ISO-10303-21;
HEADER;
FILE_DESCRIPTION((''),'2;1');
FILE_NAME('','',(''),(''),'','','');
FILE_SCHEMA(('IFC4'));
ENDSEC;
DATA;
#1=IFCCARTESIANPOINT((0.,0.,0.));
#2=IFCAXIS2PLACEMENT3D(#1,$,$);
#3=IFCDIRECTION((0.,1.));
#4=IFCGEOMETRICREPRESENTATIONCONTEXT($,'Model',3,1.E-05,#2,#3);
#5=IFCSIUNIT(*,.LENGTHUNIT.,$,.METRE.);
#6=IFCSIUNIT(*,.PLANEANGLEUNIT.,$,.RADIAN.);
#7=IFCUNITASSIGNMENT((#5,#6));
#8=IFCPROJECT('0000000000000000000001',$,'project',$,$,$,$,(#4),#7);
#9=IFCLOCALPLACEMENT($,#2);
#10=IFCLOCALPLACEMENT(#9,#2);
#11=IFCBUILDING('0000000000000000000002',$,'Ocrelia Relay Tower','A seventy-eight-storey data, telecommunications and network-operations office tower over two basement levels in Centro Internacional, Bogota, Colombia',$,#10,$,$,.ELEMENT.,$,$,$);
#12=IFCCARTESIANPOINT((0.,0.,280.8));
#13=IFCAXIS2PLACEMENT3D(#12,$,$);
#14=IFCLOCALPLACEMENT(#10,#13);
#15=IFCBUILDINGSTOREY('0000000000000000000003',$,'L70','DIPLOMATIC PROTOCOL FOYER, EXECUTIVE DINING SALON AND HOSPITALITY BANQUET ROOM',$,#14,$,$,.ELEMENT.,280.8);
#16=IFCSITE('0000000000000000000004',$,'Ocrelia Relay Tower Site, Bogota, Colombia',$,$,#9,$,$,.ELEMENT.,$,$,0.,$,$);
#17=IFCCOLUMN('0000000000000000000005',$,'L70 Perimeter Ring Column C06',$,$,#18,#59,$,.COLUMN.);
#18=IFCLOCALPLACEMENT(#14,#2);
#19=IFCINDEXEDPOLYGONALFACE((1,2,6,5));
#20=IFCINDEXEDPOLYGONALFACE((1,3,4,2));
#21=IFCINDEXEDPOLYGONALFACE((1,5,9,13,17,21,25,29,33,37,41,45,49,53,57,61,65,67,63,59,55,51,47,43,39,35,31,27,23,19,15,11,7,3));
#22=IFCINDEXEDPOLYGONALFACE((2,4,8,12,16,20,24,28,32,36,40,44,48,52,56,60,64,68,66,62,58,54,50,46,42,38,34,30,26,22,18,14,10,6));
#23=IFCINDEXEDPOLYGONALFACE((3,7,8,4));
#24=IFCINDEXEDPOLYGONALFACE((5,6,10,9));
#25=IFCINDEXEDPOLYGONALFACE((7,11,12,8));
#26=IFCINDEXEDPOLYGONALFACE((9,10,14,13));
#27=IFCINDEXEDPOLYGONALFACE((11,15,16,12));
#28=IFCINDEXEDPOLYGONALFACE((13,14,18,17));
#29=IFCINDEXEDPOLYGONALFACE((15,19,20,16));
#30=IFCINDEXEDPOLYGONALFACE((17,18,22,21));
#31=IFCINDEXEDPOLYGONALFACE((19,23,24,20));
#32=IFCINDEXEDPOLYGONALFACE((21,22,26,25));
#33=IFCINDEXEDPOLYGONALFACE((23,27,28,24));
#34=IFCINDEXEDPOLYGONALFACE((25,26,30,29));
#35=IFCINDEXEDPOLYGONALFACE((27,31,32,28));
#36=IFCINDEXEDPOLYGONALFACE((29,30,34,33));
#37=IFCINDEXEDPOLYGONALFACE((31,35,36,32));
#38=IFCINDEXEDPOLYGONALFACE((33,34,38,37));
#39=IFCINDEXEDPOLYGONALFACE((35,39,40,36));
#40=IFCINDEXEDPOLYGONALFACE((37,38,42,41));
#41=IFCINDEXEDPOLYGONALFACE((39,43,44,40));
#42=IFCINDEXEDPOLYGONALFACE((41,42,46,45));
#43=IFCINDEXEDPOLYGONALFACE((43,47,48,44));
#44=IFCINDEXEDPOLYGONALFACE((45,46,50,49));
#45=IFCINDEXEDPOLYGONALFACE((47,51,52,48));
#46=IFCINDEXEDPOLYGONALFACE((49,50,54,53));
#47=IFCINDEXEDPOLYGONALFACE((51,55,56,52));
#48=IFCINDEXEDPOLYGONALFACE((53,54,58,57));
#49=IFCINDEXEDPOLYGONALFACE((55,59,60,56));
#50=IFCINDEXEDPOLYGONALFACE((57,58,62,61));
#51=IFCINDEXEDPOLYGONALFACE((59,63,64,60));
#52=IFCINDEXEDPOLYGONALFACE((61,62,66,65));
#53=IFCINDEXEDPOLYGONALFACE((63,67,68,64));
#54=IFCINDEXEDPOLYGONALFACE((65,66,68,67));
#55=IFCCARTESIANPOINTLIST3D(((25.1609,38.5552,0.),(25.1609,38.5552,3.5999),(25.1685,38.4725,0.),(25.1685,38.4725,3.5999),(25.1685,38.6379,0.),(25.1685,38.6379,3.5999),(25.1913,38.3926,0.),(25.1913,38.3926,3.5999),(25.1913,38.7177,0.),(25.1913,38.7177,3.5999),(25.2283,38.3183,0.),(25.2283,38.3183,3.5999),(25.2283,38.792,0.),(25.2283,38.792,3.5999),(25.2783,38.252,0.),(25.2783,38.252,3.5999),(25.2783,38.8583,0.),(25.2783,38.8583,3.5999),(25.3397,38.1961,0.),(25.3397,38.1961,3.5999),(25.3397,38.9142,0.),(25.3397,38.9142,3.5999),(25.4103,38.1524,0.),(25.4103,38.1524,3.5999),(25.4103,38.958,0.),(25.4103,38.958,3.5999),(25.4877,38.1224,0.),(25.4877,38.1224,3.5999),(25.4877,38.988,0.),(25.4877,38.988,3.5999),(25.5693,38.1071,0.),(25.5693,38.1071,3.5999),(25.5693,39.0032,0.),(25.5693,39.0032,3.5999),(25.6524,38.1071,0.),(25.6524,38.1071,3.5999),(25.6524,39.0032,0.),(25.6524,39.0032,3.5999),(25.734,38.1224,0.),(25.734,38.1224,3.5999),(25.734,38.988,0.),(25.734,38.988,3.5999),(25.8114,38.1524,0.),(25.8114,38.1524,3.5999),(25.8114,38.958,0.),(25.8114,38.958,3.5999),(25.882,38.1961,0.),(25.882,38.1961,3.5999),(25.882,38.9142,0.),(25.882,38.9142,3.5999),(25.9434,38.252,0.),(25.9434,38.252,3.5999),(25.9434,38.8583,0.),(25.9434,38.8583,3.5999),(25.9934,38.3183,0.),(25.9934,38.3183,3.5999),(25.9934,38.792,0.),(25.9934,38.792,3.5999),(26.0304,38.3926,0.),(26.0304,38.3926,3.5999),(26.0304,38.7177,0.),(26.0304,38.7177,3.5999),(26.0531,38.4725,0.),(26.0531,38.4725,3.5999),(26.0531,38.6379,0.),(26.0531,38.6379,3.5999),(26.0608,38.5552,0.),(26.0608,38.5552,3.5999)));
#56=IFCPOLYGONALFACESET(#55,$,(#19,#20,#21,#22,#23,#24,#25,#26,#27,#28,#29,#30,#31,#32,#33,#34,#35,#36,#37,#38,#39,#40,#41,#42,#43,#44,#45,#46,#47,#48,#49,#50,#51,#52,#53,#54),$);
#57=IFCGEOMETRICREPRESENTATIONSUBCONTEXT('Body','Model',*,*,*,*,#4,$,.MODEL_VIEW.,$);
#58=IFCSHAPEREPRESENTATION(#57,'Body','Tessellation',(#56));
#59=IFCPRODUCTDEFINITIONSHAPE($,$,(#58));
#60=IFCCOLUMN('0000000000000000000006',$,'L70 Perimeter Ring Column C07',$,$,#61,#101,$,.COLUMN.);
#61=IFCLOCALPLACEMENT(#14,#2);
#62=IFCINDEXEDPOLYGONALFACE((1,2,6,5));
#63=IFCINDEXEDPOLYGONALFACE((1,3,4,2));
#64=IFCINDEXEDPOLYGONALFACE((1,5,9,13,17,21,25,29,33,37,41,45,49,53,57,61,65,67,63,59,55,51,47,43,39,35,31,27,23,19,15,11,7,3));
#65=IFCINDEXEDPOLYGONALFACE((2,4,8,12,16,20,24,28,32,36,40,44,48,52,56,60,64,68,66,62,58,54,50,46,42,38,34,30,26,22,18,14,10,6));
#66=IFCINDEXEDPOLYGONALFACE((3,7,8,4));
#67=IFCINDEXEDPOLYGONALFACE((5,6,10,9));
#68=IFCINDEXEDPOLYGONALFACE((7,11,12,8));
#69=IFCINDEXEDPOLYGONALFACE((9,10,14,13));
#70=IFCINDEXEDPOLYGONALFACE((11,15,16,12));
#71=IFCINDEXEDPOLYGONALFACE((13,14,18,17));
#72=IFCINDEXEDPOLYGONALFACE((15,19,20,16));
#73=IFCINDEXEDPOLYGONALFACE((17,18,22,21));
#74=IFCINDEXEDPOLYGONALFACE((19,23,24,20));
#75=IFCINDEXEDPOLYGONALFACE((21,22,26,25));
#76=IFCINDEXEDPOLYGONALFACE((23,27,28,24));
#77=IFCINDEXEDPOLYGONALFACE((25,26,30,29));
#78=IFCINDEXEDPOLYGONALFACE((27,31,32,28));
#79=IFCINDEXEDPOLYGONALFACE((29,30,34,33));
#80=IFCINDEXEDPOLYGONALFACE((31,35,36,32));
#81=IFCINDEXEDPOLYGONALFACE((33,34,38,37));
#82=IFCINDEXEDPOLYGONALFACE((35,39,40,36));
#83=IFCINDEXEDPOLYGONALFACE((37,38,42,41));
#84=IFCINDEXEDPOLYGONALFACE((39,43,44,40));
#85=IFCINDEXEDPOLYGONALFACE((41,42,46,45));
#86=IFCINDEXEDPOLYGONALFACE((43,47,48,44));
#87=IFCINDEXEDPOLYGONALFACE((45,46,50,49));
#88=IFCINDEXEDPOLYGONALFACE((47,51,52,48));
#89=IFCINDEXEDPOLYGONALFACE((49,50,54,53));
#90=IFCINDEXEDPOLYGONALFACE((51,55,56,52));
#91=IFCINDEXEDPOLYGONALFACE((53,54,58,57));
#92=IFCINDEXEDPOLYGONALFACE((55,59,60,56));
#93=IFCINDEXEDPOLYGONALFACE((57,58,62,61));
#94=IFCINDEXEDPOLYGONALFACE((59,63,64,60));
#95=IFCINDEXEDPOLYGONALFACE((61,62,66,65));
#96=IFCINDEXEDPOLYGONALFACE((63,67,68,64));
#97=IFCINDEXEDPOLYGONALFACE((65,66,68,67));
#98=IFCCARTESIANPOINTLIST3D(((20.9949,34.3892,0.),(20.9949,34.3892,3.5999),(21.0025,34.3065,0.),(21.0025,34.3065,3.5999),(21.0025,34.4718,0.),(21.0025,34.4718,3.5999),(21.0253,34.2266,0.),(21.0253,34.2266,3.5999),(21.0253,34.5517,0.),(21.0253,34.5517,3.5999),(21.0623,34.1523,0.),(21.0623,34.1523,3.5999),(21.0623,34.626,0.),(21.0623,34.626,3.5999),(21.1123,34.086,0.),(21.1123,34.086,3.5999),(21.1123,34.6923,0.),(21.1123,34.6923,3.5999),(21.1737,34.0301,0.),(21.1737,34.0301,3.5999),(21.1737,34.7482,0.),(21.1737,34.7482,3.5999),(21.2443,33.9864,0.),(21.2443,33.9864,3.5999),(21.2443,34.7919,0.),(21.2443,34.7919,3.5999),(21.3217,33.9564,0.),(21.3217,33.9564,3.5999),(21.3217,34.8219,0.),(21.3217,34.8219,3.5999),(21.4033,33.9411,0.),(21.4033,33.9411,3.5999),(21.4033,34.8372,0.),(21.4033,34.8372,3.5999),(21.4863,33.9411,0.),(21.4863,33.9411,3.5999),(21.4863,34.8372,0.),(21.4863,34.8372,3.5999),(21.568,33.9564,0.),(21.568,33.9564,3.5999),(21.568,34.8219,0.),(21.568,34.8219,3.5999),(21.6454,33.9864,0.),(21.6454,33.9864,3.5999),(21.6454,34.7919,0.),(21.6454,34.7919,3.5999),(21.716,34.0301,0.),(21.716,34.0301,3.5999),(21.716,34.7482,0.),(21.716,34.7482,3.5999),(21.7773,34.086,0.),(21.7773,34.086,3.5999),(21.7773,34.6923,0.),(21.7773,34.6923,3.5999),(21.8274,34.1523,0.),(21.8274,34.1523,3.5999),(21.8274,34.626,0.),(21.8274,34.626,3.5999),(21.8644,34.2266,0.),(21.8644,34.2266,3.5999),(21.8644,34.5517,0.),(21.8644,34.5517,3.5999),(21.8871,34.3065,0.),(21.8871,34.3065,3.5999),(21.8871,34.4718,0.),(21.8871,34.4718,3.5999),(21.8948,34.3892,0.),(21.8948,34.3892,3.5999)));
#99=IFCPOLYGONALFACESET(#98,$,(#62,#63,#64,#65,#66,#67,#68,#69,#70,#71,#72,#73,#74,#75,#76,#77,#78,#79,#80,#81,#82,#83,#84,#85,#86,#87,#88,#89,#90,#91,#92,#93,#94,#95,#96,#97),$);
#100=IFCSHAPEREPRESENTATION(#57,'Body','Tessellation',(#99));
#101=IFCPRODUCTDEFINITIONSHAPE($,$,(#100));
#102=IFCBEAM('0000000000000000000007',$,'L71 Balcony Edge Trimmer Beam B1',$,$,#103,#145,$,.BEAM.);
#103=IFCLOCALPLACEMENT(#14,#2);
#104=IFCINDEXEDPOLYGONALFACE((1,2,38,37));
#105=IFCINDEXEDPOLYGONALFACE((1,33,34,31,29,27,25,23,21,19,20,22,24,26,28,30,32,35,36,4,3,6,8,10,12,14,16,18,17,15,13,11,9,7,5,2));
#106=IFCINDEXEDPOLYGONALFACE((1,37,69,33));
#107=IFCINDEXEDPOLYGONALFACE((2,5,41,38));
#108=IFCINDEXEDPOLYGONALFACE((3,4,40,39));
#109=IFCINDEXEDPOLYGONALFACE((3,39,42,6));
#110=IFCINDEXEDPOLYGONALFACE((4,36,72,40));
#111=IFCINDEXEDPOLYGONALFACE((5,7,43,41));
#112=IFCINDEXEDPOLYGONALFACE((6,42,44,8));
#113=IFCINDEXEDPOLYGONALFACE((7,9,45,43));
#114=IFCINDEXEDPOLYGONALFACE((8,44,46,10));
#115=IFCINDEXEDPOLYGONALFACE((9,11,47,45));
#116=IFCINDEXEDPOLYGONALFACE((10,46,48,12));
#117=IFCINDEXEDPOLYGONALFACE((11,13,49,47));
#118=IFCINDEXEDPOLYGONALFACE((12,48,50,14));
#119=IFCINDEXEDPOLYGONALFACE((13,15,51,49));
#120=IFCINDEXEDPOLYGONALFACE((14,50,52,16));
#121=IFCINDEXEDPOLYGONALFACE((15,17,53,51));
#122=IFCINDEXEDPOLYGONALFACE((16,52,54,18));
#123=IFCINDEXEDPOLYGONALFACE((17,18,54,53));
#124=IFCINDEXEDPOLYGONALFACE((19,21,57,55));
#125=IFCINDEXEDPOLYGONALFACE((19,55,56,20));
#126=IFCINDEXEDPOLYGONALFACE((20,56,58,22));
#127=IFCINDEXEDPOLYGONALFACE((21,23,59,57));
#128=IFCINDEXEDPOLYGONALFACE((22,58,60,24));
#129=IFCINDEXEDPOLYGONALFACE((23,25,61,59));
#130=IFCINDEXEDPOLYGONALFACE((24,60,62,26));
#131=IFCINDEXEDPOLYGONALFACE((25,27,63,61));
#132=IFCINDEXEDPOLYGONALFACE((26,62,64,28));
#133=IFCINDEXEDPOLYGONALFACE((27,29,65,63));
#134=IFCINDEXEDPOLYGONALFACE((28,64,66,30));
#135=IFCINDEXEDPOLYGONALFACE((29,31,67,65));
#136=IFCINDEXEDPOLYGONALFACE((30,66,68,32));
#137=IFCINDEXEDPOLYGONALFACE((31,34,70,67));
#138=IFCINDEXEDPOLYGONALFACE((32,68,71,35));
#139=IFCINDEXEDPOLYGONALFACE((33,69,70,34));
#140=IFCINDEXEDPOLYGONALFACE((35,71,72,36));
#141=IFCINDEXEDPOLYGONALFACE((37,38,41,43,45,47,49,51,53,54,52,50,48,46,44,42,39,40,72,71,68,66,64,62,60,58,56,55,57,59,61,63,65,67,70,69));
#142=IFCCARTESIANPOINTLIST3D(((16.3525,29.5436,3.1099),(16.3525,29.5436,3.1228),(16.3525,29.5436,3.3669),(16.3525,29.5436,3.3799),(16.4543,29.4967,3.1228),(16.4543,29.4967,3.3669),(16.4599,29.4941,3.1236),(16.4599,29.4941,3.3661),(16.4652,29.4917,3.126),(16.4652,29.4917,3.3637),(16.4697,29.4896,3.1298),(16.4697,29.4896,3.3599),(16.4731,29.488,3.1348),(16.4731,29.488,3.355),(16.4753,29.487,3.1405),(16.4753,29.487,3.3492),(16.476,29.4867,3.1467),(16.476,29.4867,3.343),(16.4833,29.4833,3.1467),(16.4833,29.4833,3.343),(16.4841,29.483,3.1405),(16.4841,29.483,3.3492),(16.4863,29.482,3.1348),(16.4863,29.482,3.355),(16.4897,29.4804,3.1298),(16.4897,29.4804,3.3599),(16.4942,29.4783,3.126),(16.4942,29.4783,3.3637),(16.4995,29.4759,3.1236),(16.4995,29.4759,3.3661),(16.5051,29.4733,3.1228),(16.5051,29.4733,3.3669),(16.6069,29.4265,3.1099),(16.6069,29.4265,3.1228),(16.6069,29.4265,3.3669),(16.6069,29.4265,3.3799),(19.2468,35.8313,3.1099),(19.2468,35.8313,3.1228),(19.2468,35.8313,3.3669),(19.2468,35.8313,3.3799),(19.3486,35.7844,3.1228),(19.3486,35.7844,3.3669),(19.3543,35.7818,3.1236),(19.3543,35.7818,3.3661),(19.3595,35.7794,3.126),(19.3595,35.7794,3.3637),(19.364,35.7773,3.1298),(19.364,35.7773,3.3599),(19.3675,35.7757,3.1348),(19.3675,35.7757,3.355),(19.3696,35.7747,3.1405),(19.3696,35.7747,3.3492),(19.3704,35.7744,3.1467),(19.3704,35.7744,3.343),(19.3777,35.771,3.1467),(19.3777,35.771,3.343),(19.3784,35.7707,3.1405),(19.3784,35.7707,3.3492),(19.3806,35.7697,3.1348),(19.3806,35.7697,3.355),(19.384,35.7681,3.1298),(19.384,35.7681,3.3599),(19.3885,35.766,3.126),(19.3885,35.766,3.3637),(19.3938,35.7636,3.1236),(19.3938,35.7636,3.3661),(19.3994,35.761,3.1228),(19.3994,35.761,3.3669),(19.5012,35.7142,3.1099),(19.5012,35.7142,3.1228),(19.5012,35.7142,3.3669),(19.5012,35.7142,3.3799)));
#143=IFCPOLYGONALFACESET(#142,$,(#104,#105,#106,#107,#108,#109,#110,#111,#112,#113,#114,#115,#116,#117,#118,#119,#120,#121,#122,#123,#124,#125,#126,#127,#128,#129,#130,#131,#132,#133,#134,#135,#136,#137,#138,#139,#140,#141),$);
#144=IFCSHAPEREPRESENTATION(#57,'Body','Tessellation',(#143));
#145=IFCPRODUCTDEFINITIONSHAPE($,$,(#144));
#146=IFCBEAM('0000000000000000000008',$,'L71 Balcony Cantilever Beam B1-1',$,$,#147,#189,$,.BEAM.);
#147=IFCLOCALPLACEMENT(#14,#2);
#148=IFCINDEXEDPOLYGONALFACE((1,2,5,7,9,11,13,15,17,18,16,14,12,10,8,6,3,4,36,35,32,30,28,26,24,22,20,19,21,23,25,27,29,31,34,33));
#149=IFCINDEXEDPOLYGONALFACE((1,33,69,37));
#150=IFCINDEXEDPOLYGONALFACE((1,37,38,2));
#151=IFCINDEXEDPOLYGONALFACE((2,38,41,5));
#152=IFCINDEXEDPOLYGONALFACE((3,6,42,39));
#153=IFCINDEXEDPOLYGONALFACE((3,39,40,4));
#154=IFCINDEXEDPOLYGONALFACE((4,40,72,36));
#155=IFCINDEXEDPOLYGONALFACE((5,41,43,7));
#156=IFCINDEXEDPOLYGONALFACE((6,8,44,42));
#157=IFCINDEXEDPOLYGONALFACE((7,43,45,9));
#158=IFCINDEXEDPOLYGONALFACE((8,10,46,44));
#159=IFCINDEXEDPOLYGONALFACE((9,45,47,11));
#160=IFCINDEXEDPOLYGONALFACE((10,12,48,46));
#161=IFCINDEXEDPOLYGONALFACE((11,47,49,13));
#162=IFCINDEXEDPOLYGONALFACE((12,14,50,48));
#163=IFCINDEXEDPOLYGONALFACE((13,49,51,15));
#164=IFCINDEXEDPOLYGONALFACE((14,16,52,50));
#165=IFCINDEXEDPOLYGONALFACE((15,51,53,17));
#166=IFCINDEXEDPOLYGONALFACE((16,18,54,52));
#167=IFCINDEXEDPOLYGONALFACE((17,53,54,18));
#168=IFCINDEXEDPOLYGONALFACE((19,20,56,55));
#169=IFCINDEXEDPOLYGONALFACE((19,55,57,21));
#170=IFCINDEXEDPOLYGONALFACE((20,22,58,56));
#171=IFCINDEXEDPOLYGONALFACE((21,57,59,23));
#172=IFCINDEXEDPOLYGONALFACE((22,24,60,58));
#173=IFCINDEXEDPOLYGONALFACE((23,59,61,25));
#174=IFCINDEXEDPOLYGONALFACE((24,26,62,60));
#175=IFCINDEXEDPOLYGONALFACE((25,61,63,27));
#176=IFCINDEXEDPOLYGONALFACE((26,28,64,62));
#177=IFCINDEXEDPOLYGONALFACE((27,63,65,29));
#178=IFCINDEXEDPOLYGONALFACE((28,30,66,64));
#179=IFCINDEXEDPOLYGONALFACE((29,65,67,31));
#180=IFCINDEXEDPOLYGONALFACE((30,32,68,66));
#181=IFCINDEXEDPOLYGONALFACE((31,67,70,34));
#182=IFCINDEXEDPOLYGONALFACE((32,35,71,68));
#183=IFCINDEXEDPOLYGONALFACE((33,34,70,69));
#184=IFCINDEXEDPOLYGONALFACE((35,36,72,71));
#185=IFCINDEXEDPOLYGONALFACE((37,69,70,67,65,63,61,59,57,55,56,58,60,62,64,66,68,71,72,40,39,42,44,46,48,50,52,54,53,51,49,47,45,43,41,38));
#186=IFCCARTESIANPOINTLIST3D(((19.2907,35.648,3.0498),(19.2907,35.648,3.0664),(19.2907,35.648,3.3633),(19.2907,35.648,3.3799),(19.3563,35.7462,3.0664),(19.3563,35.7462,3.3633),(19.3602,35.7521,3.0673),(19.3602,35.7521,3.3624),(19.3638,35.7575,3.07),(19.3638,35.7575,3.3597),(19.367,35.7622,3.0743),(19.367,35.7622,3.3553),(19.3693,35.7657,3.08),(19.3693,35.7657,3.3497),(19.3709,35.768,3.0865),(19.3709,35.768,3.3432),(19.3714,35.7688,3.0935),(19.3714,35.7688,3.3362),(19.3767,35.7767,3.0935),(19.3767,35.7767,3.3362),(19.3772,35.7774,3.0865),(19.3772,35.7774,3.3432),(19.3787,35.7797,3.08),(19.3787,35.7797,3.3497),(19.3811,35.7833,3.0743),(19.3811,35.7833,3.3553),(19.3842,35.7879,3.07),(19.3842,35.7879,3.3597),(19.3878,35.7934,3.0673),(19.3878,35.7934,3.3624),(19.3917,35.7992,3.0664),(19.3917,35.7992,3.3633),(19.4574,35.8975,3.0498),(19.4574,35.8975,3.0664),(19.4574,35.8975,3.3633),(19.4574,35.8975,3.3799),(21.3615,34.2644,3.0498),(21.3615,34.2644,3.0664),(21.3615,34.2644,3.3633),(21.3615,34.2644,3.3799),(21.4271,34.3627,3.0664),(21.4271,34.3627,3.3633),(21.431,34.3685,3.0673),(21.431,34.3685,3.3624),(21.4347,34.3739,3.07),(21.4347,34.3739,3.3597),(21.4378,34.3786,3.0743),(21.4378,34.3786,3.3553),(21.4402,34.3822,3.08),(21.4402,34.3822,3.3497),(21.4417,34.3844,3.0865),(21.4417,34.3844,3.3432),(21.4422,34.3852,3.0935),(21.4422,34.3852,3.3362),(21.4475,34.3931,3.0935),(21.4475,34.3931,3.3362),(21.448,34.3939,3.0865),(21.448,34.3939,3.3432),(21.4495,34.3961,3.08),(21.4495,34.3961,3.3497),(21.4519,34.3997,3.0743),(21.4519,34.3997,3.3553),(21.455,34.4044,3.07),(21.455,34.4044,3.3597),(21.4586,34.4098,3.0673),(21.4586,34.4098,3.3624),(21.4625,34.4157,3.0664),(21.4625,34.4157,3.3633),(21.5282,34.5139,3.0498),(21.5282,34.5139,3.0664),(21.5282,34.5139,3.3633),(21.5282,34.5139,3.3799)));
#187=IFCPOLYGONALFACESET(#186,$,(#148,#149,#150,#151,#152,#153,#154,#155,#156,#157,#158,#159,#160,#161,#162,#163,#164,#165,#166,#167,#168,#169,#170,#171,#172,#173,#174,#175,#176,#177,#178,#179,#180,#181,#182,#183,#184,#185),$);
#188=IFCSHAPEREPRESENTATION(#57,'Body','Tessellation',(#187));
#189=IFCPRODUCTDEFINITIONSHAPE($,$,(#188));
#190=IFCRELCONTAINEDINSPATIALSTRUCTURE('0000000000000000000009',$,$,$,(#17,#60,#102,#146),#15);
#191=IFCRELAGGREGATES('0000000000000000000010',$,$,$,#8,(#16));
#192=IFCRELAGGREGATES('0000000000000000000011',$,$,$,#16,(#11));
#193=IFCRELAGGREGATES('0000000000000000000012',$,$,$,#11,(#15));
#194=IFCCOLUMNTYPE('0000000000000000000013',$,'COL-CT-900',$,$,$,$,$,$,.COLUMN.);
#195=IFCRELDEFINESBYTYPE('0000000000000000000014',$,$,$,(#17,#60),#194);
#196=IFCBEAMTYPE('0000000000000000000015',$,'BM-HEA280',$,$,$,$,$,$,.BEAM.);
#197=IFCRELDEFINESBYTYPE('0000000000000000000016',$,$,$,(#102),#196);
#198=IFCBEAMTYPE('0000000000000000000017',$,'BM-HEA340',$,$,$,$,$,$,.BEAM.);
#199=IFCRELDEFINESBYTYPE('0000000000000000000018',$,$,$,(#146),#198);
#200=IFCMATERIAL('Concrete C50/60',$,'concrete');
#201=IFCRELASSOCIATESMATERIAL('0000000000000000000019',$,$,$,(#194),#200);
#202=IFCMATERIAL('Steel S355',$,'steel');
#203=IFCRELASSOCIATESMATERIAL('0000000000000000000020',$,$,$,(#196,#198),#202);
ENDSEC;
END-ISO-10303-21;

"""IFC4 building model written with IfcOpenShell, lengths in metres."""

from ifc_helpers import new_model, si_unit, direction, frame, origin, origin_2d, place, context, subcontext, project, spatial, circle, i_section, extrude, material, material_profile, profile_set, type_object, element, save


model = new_model("IFC4")

# Units and contexts
model_context = context("Model", 3, precision=1e-05, world=origin(), true_north=direction((0.0, 1.0)))
body_context = subcontext(model_context, "Body", "Model", "MODEL_VIEW")
ifc_project = project(units=[si_unit("LENGTHUNIT", "METRE"), si_unit("PLANEANGLEUNIT", "RADIAN")], contexts=[model_context])

# Site, building, storey
site_placement = place(None, origin())
site = spatial("IfcSite", under=ifc_project, at=site_placement, Name="Ocrelia Relay Tower Site, Bogota, Colombia", CompositionType="ELEMENT", RefElevation=0.0)
building_placement = place(site_placement, origin())
building = spatial("IfcBuilding", under=site, at=building_placement, Name="Ocrelia Relay Tower", Description="A seventy-eight-storey data, telecommunications and network-operations office tower over two basement levels in Centro Internacional, Bogota, Colombia", CompositionType="ELEMENT")
storey_placement = place(building_placement, frame((0.0, 0.0, 280.8)))
storey = spatial("IfcBuildingStorey", under=building, at=storey_placement, Name="L70", Description="DIPLOMATIC PROTOCOL FOYER, EXECUTIVE DINING SALON AND HOSPITALITY BANQUET ROOM", CompositionType="ELEMENT", Elevation=280.8)

# Columns
ifc_material_1 = material(Name="Concrete C50/60", Category="concrete")
ifc_material_profile_1 = material_profile(ifc_material_1, circle(Radius=0.45, at=origin_2d()), Name="RC-CIR-900")
ifc_profile_set_1 = profile_set([ifc_material_profile_1], Name="Concrete C50/60")
column_type = type_object("IfcColumnType", Name="COL-CT-900", PredefinedType="COLUMN", material=ifc_profile_set_1)
for number, where, z_axis, x_axis, name in (
    (1, (25.6108, 38.5552, 0.0), (0.0, 0.0, 1.0), (1.0, 0.0, 0.0), "L70 Perimeter Ring Column C06"),
    (2, (21.4448, 34.3892, 0.0), (0.0, 0.0, 1.0), (1.0, 0.0, 0.0), "L70 Perimeter Ring Column C07"),
):
    element("IfcColumn", number, at=place(storey_placement, frame(where, z_axis=z_axis, x_axis=x_axis)), inside=storey, type_object=column_type, Name=name, PredefinedType="COLUMN", context=body_context, shape_type="SweptSolid", body=[
        extrude(circle(Radius=0.45, at=origin_2d()), origin(), (0.0, 0.0, 1.0), 3.5999),
    ])

# Beams
ifc_material_2 = material(Name="Steel S355", Category="steel")
ifc_material_profile_2 = material_profile(ifc_material_2, i_section(OverallWidth=0.28, OverallDepth=0.27, WebThickness=0.0081, FlangeThickness=0.0129, FilletRadius=0.0239, at=origin_2d()), Name="HEA 280")
ifc_profile_set_2 = profile_set([ifc_material_profile_2], Name="Steel S355")
beam_type_1 = type_object("IfcBeamType", Name="BM-HEA280", PredefinedType="BEAM", material=ifc_profile_set_2)
beam_1_placement = place(storey_placement, frame((19.374, 35.7727, 3.2449), z_axis=(-0.418143, -0.908381, 0.0), x_axis=(0.908381, -0.418143, 0.0)))
element("IfcBeam", 3, at=beam_1_placement, inside=storey, type_object=beam_type_1, Name="L71 Balcony Edge Trimmer Beam B1", PredefinedType="BEAM", context=body_context, shape_type="SweptSolid", body=[
    extrude(i_section(OverallWidth=0.28, OverallDepth=0.27, WebThickness=0.0081, FlangeThickness=0.0129, FilletRadius=0.0239, at=origin_2d()), origin(), (0.0, 0.0, 1.0), 6.9219),
])
ifc_material_profile_3 = material_profile(ifc_material_2, i_section(OverallWidth=0.3, OverallDepth=0.3301, WebThickness=0.0095, FlangeThickness=0.0166, FilletRadius=0.0271, at=origin_2d()), Name="HEA 340")
ifc_profile_set_3 = profile_set([ifc_material_profile_3], Name="Steel S355")
beam_type_2 = type_object("IfcBeamType", Name="BM-HEA340", PredefinedType="BEAM", material=ifc_profile_set_3)
beam_2_placement = place(storey_placement, frame((21.4448, 34.3892, 3.2148), z_axis=(-0.831492, 0.555537, 0.0), x_axis=(-0.555537, -0.831492, 0.0)))
element("IfcBeam", 4, at=beam_2_placement, inside=storey, type_object=beam_type_2, Name="L71 Balcony Cantilever Beam B1-1", PredefinedType="BEAM", context=body_context, shape_type="SweptSolid", body=[
    extrude(i_section(OverallWidth=0.3, OverallDepth=0.3301, WebThickness=0.0095, FlangeThickness=0.0166, FilletRadius=0.0271, at=origin_2d()), origin(), (0.0, 0.0, 1.0), 2.4905),
])

save(model, "model.ifc")
